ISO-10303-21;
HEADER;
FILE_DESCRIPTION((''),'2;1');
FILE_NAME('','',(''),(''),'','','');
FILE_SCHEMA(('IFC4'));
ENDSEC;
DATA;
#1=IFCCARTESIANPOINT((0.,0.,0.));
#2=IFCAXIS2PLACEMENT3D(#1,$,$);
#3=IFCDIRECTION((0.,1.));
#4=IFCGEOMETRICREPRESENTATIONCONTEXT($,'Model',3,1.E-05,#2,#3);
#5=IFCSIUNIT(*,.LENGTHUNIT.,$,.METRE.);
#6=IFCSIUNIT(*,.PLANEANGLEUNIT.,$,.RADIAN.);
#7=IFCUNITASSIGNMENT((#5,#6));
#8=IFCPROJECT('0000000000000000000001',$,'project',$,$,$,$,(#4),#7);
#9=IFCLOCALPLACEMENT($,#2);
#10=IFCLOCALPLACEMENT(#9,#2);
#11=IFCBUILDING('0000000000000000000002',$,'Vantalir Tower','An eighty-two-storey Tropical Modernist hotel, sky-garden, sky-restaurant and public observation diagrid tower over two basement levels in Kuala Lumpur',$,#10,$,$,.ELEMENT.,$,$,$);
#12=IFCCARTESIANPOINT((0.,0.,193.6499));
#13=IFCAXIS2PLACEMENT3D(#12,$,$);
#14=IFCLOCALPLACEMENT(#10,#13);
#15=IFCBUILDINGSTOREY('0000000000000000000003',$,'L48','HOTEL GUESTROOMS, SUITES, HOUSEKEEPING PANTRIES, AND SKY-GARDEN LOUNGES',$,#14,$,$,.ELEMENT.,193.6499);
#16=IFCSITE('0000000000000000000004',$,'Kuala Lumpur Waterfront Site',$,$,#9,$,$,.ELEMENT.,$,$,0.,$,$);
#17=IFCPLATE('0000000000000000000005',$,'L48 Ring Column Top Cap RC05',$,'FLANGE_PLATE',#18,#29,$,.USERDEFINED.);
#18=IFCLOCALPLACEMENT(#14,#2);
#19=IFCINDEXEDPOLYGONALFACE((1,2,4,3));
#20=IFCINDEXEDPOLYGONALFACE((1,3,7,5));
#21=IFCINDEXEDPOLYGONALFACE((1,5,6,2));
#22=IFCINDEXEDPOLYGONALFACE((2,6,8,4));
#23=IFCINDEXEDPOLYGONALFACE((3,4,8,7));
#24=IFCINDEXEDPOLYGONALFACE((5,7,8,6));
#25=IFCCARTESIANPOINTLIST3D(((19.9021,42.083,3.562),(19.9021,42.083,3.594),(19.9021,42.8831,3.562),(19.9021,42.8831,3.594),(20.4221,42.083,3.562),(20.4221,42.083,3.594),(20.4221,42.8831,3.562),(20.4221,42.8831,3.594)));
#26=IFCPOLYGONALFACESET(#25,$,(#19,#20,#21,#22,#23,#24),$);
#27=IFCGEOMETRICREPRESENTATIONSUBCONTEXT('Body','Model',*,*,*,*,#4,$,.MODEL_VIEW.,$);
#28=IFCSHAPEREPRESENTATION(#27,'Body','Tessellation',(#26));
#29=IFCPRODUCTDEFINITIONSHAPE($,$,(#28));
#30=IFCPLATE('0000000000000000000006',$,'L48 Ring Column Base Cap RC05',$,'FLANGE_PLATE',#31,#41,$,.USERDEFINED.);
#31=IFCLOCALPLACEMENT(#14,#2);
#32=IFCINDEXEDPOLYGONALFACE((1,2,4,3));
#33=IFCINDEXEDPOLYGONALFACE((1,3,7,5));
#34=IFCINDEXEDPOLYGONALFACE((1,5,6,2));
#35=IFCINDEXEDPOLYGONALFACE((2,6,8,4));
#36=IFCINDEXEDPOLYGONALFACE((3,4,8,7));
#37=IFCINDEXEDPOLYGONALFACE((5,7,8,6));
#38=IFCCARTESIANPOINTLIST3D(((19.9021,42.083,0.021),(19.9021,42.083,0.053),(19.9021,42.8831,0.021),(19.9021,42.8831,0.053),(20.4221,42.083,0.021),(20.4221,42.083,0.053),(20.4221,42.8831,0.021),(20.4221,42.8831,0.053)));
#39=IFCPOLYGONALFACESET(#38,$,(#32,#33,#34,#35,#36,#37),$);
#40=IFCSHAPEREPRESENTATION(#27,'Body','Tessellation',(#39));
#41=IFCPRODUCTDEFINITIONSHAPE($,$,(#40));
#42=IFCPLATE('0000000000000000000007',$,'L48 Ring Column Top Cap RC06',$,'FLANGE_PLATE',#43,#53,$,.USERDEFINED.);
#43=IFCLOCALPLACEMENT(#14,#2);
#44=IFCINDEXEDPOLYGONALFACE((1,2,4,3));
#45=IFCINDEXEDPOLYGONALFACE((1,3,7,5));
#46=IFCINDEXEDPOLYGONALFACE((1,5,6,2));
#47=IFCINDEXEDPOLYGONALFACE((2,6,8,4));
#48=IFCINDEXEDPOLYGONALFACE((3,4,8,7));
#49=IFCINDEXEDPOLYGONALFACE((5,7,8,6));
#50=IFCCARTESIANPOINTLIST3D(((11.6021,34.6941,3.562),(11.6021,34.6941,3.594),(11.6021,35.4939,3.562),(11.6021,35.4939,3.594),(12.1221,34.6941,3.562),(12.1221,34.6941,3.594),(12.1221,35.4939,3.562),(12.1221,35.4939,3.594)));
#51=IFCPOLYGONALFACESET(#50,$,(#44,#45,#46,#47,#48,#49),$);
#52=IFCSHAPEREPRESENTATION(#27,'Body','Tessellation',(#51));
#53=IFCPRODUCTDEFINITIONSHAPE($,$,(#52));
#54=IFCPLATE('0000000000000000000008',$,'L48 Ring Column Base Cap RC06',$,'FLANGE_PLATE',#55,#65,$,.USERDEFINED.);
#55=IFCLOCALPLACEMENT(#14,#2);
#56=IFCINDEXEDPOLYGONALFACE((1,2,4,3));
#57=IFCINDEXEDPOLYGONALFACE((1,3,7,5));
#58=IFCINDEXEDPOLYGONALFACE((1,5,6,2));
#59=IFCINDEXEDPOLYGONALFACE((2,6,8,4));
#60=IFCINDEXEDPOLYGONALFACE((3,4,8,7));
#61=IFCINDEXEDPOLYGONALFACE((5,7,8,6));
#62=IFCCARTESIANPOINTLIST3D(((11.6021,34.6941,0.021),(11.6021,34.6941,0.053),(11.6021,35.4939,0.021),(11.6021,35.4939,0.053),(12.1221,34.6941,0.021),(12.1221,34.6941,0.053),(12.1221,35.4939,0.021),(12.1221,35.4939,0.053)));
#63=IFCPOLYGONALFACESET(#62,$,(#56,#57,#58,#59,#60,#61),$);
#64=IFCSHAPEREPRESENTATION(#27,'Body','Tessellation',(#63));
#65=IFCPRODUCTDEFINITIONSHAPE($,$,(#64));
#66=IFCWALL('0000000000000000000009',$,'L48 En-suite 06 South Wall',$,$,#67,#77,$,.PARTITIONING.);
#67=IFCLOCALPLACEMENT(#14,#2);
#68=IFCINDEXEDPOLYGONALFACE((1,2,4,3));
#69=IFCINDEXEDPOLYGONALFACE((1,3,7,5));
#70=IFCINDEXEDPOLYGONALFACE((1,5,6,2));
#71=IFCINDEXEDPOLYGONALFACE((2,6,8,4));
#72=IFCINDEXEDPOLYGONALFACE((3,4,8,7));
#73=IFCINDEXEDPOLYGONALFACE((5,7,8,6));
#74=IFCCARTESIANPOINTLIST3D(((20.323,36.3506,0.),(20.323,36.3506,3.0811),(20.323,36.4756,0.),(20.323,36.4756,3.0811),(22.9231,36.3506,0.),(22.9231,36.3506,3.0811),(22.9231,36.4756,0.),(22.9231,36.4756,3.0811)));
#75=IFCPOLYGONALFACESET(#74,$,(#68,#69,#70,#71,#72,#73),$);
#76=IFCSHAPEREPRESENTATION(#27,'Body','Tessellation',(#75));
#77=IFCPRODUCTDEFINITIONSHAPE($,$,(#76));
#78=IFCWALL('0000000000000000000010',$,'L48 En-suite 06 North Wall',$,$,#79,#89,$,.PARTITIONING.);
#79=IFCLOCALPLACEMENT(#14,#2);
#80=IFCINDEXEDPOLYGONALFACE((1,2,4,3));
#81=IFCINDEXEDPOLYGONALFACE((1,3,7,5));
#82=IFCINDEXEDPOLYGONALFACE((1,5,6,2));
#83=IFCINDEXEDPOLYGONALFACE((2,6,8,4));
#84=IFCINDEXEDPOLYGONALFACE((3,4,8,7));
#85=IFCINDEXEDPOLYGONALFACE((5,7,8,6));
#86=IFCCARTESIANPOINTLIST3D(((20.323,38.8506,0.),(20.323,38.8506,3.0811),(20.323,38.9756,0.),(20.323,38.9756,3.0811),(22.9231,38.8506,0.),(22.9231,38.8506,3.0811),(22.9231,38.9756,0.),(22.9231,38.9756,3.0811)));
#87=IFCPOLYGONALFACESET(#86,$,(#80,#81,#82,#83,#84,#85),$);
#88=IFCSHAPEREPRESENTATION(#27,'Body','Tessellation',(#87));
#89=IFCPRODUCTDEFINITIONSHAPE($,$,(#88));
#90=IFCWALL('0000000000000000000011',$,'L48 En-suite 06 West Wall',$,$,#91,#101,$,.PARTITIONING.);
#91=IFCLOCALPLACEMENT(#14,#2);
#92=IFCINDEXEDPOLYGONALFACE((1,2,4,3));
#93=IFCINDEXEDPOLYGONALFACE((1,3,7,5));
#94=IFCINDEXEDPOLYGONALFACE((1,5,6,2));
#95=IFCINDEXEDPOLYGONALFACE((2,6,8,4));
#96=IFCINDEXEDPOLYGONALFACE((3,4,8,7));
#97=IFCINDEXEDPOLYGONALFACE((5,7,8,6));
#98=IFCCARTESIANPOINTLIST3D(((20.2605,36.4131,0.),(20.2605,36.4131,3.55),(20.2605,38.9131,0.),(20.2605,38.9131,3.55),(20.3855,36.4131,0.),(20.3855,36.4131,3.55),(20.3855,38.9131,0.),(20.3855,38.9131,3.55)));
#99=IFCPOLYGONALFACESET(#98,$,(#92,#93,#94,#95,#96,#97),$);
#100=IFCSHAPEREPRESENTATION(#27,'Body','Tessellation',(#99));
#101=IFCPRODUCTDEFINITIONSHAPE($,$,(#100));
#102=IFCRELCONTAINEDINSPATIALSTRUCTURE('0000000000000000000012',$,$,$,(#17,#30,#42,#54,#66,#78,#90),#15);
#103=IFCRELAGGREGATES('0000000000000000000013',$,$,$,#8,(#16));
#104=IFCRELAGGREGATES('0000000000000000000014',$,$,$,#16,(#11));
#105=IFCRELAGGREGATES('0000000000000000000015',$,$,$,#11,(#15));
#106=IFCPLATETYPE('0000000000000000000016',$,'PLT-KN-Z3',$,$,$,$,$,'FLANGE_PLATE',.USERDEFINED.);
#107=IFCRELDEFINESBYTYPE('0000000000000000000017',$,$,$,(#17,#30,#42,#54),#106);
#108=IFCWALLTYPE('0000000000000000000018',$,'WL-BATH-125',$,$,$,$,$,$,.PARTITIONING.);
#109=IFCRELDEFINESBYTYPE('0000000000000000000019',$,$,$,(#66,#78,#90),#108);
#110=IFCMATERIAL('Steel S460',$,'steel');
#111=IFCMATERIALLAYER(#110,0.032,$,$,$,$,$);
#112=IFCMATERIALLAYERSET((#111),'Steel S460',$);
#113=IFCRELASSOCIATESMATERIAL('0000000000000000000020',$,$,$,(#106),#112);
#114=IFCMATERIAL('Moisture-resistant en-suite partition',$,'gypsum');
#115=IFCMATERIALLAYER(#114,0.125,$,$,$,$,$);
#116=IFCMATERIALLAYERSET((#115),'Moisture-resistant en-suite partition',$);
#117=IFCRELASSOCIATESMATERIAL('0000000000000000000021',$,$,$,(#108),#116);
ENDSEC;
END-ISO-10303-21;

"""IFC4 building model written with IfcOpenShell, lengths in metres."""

from ifc_helpers import new_model, si_unit, direction, frame, frame_2d, origin, place, context, subcontext, project, spatial, polyline, rectangle, outline, extrude, material, layer, layer_set, type_object, element, save


model = new_model("IFC4")

# Units and contexts
model_context = context("Model", 3, precision=1e-05, world=origin(), true_north=direction((0.0, 1.0)))
body_context = subcontext(model_context, "Body", "Model", "MODEL_VIEW")
ifc_project = project(units=[si_unit("LENGTHUNIT", "METRE"), si_unit("PLANEANGLEUNIT", "RADIAN")], contexts=[model_context])

# Site, building, storey
site_placement = place(None, origin())
site = spatial("IfcSite", under=ifc_project, at=site_placement, Name="Kuala Lumpur Waterfront Site", CompositionType="ELEMENT", RefElevation=0.0)
building_placement = place(site_placement, origin())
building = spatial("IfcBuilding", under=site, at=building_placement, Name="Vantalir Tower", Description="An eighty-two-storey Tropical Modernist hotel, sky-garden, sky-restaurant and public observation diagrid tower over two basement levels in Kuala Lumpur", CompositionType="ELEMENT")
storey_placement = place(building_placement, frame((0.0, 0.0, 193.6499)))
storey = spatial("IfcBuildingStorey", under=building, at=storey_placement, Name="L48", Description="HOTEL GUESTROOMS, SUITES, HOUSEKEEPING PANTRIES, AND SKY-GARDEN LOUNGES", CompositionType="ELEMENT", Elevation=193.6499)

# Shared definitions
ifc_material_1 = material(Name="Steel S460", Category="steel")

# Plates
ifc_layer_1 = layer(ifc_material_1, 0.032)
ifc_layer_set_1 = layer_set([ifc_layer_1], Name="Steel S460")
plate_type_1 = type_object("IfcPlateType", Name="PLT-KN-Z3", ElementType="FLANGE_PLATE", PredefinedType="USERDEFINED", material=ifc_layer_set_1)
for number, where, z_axis, x_axis, name in (
    (1, (19.9021, 42.8831, 3.594), (0.0, 0.0, 1.0), (0.0, -1.0, 0.0), "L48 Ring Column Top Cap RC05"),
    (2, (19.9021, 42.8831, 0.053), (0.0, 0.0, 1.0), (0.0, -1.0, 0.0), "L48 Ring Column Base Cap RC05"),
):
    element("IfcPlate", number, at=place(storey_placement, frame(where, z_axis=z_axis, x_axis=x_axis)), inside=storey, type_object=plate_type_1, Name=name, ObjectType="FLANGE_PLATE", PredefinedType="USERDEFINED", context=body_context, shape_type="SweptSolid", body=[
        extrude(outline(polyline([(0.0, 0.0), (0.8, 0.0), (0.8, 0.52), (0.0, 0.52), (0.0, 0.0)])), origin(), (0.0, 0.0, -1.0), 0.032),
    ])
for number, where, z_axis, x_axis, name in (
    (3, (11.6021, 35.4939, 3.594), (0.0, 0.0, 1.0), (0.0, -1.0, 0.0), "L48 Ring Column Top Cap RC06"),
    (4, (11.6021, 35.4939, 0.053), (0.0, 0.0, 1.0), (0.0, -1.0, 0.0), "L48 Ring Column Base Cap RC06"),
):
    element("IfcPlate", number, at=place(storey_placement, frame(where, z_axis=z_axis, x_axis=x_axis)), inside=storey, type_object=plate_type_1, Name=name, ObjectType="FLANGE_PLATE", PredefinedType="USERDEFINED", context=body_context, shape_type="SweptSolid", body=[
        extrude(outline(polyline([(0.0, 0.0), (0.7998, 0.0), (0.7998, 0.52), (0.0, 0.52), (0.0, 0.0)])), origin(), (0.0, 0.0, -1.0), 0.032),
    ])

# Walls
ifc_material_2 = material(Name="Moisture-resistant en-suite partition", Category="gypsum")
ifc_layer_2 = layer(ifc_material_2, 0.125)
ifc_layer_set_2 = layer_set([ifc_layer_2], Name="Moisture-resistant en-suite partition")
wall_type = type_object("IfcWallType", Name="WL-BATH-125", PredefinedType="PARTITIONING", material=ifc_layer_set_2)
for number, where, z_axis, x_axis, name in (
    (5, (20.323, 36.4131, 0.0), (0.0, 0.0, 1.0), (1.0, 0.0, 0.0), "L48 En-suite 06 South Wall"),
    (6, (20.323, 38.9131, 0.0), (0.0, 0.0, 1.0), (1.0, 0.0, 0.0), "L48 En-suite 06 North Wall"),
):
    element("IfcWall", number, at=place(storey_placement, frame(where, z_axis=z_axis, x_axis=x_axis)), inside=storey, type_object=wall_type, Name=name, PredefinedType="PARTITIONING", context=body_context, shape_type="SweptSolid", body=[
        extrude(rectangle(XDim=2.6001, YDim=0.125, at=frame_2d((1.3, 0.0))), origin(), (0.0, 0.0, 1.0), 3.0811),
    ])
wall_placement = place(storey_placement, frame((20.323, 36.4131, 0.0), z_axis=(0.0, 0.0, 1.0), x_axis=(0.0, 1.0, 0.0)))
element("IfcWall", 7, at=wall_placement, inside=storey, type_object=wall_type, Name="L48 En-suite 06 West Wall", PredefinedType="PARTITIONING", context=body_context, shape_type="SweptSolid", body=[
    extrude(rectangle(XDim=2.5, YDim=0.125, at=frame_2d((1.25, 0.0))), origin(), (0.0, 0.0, 1.0), 3.55),
])

save(model, "model.ifc")
